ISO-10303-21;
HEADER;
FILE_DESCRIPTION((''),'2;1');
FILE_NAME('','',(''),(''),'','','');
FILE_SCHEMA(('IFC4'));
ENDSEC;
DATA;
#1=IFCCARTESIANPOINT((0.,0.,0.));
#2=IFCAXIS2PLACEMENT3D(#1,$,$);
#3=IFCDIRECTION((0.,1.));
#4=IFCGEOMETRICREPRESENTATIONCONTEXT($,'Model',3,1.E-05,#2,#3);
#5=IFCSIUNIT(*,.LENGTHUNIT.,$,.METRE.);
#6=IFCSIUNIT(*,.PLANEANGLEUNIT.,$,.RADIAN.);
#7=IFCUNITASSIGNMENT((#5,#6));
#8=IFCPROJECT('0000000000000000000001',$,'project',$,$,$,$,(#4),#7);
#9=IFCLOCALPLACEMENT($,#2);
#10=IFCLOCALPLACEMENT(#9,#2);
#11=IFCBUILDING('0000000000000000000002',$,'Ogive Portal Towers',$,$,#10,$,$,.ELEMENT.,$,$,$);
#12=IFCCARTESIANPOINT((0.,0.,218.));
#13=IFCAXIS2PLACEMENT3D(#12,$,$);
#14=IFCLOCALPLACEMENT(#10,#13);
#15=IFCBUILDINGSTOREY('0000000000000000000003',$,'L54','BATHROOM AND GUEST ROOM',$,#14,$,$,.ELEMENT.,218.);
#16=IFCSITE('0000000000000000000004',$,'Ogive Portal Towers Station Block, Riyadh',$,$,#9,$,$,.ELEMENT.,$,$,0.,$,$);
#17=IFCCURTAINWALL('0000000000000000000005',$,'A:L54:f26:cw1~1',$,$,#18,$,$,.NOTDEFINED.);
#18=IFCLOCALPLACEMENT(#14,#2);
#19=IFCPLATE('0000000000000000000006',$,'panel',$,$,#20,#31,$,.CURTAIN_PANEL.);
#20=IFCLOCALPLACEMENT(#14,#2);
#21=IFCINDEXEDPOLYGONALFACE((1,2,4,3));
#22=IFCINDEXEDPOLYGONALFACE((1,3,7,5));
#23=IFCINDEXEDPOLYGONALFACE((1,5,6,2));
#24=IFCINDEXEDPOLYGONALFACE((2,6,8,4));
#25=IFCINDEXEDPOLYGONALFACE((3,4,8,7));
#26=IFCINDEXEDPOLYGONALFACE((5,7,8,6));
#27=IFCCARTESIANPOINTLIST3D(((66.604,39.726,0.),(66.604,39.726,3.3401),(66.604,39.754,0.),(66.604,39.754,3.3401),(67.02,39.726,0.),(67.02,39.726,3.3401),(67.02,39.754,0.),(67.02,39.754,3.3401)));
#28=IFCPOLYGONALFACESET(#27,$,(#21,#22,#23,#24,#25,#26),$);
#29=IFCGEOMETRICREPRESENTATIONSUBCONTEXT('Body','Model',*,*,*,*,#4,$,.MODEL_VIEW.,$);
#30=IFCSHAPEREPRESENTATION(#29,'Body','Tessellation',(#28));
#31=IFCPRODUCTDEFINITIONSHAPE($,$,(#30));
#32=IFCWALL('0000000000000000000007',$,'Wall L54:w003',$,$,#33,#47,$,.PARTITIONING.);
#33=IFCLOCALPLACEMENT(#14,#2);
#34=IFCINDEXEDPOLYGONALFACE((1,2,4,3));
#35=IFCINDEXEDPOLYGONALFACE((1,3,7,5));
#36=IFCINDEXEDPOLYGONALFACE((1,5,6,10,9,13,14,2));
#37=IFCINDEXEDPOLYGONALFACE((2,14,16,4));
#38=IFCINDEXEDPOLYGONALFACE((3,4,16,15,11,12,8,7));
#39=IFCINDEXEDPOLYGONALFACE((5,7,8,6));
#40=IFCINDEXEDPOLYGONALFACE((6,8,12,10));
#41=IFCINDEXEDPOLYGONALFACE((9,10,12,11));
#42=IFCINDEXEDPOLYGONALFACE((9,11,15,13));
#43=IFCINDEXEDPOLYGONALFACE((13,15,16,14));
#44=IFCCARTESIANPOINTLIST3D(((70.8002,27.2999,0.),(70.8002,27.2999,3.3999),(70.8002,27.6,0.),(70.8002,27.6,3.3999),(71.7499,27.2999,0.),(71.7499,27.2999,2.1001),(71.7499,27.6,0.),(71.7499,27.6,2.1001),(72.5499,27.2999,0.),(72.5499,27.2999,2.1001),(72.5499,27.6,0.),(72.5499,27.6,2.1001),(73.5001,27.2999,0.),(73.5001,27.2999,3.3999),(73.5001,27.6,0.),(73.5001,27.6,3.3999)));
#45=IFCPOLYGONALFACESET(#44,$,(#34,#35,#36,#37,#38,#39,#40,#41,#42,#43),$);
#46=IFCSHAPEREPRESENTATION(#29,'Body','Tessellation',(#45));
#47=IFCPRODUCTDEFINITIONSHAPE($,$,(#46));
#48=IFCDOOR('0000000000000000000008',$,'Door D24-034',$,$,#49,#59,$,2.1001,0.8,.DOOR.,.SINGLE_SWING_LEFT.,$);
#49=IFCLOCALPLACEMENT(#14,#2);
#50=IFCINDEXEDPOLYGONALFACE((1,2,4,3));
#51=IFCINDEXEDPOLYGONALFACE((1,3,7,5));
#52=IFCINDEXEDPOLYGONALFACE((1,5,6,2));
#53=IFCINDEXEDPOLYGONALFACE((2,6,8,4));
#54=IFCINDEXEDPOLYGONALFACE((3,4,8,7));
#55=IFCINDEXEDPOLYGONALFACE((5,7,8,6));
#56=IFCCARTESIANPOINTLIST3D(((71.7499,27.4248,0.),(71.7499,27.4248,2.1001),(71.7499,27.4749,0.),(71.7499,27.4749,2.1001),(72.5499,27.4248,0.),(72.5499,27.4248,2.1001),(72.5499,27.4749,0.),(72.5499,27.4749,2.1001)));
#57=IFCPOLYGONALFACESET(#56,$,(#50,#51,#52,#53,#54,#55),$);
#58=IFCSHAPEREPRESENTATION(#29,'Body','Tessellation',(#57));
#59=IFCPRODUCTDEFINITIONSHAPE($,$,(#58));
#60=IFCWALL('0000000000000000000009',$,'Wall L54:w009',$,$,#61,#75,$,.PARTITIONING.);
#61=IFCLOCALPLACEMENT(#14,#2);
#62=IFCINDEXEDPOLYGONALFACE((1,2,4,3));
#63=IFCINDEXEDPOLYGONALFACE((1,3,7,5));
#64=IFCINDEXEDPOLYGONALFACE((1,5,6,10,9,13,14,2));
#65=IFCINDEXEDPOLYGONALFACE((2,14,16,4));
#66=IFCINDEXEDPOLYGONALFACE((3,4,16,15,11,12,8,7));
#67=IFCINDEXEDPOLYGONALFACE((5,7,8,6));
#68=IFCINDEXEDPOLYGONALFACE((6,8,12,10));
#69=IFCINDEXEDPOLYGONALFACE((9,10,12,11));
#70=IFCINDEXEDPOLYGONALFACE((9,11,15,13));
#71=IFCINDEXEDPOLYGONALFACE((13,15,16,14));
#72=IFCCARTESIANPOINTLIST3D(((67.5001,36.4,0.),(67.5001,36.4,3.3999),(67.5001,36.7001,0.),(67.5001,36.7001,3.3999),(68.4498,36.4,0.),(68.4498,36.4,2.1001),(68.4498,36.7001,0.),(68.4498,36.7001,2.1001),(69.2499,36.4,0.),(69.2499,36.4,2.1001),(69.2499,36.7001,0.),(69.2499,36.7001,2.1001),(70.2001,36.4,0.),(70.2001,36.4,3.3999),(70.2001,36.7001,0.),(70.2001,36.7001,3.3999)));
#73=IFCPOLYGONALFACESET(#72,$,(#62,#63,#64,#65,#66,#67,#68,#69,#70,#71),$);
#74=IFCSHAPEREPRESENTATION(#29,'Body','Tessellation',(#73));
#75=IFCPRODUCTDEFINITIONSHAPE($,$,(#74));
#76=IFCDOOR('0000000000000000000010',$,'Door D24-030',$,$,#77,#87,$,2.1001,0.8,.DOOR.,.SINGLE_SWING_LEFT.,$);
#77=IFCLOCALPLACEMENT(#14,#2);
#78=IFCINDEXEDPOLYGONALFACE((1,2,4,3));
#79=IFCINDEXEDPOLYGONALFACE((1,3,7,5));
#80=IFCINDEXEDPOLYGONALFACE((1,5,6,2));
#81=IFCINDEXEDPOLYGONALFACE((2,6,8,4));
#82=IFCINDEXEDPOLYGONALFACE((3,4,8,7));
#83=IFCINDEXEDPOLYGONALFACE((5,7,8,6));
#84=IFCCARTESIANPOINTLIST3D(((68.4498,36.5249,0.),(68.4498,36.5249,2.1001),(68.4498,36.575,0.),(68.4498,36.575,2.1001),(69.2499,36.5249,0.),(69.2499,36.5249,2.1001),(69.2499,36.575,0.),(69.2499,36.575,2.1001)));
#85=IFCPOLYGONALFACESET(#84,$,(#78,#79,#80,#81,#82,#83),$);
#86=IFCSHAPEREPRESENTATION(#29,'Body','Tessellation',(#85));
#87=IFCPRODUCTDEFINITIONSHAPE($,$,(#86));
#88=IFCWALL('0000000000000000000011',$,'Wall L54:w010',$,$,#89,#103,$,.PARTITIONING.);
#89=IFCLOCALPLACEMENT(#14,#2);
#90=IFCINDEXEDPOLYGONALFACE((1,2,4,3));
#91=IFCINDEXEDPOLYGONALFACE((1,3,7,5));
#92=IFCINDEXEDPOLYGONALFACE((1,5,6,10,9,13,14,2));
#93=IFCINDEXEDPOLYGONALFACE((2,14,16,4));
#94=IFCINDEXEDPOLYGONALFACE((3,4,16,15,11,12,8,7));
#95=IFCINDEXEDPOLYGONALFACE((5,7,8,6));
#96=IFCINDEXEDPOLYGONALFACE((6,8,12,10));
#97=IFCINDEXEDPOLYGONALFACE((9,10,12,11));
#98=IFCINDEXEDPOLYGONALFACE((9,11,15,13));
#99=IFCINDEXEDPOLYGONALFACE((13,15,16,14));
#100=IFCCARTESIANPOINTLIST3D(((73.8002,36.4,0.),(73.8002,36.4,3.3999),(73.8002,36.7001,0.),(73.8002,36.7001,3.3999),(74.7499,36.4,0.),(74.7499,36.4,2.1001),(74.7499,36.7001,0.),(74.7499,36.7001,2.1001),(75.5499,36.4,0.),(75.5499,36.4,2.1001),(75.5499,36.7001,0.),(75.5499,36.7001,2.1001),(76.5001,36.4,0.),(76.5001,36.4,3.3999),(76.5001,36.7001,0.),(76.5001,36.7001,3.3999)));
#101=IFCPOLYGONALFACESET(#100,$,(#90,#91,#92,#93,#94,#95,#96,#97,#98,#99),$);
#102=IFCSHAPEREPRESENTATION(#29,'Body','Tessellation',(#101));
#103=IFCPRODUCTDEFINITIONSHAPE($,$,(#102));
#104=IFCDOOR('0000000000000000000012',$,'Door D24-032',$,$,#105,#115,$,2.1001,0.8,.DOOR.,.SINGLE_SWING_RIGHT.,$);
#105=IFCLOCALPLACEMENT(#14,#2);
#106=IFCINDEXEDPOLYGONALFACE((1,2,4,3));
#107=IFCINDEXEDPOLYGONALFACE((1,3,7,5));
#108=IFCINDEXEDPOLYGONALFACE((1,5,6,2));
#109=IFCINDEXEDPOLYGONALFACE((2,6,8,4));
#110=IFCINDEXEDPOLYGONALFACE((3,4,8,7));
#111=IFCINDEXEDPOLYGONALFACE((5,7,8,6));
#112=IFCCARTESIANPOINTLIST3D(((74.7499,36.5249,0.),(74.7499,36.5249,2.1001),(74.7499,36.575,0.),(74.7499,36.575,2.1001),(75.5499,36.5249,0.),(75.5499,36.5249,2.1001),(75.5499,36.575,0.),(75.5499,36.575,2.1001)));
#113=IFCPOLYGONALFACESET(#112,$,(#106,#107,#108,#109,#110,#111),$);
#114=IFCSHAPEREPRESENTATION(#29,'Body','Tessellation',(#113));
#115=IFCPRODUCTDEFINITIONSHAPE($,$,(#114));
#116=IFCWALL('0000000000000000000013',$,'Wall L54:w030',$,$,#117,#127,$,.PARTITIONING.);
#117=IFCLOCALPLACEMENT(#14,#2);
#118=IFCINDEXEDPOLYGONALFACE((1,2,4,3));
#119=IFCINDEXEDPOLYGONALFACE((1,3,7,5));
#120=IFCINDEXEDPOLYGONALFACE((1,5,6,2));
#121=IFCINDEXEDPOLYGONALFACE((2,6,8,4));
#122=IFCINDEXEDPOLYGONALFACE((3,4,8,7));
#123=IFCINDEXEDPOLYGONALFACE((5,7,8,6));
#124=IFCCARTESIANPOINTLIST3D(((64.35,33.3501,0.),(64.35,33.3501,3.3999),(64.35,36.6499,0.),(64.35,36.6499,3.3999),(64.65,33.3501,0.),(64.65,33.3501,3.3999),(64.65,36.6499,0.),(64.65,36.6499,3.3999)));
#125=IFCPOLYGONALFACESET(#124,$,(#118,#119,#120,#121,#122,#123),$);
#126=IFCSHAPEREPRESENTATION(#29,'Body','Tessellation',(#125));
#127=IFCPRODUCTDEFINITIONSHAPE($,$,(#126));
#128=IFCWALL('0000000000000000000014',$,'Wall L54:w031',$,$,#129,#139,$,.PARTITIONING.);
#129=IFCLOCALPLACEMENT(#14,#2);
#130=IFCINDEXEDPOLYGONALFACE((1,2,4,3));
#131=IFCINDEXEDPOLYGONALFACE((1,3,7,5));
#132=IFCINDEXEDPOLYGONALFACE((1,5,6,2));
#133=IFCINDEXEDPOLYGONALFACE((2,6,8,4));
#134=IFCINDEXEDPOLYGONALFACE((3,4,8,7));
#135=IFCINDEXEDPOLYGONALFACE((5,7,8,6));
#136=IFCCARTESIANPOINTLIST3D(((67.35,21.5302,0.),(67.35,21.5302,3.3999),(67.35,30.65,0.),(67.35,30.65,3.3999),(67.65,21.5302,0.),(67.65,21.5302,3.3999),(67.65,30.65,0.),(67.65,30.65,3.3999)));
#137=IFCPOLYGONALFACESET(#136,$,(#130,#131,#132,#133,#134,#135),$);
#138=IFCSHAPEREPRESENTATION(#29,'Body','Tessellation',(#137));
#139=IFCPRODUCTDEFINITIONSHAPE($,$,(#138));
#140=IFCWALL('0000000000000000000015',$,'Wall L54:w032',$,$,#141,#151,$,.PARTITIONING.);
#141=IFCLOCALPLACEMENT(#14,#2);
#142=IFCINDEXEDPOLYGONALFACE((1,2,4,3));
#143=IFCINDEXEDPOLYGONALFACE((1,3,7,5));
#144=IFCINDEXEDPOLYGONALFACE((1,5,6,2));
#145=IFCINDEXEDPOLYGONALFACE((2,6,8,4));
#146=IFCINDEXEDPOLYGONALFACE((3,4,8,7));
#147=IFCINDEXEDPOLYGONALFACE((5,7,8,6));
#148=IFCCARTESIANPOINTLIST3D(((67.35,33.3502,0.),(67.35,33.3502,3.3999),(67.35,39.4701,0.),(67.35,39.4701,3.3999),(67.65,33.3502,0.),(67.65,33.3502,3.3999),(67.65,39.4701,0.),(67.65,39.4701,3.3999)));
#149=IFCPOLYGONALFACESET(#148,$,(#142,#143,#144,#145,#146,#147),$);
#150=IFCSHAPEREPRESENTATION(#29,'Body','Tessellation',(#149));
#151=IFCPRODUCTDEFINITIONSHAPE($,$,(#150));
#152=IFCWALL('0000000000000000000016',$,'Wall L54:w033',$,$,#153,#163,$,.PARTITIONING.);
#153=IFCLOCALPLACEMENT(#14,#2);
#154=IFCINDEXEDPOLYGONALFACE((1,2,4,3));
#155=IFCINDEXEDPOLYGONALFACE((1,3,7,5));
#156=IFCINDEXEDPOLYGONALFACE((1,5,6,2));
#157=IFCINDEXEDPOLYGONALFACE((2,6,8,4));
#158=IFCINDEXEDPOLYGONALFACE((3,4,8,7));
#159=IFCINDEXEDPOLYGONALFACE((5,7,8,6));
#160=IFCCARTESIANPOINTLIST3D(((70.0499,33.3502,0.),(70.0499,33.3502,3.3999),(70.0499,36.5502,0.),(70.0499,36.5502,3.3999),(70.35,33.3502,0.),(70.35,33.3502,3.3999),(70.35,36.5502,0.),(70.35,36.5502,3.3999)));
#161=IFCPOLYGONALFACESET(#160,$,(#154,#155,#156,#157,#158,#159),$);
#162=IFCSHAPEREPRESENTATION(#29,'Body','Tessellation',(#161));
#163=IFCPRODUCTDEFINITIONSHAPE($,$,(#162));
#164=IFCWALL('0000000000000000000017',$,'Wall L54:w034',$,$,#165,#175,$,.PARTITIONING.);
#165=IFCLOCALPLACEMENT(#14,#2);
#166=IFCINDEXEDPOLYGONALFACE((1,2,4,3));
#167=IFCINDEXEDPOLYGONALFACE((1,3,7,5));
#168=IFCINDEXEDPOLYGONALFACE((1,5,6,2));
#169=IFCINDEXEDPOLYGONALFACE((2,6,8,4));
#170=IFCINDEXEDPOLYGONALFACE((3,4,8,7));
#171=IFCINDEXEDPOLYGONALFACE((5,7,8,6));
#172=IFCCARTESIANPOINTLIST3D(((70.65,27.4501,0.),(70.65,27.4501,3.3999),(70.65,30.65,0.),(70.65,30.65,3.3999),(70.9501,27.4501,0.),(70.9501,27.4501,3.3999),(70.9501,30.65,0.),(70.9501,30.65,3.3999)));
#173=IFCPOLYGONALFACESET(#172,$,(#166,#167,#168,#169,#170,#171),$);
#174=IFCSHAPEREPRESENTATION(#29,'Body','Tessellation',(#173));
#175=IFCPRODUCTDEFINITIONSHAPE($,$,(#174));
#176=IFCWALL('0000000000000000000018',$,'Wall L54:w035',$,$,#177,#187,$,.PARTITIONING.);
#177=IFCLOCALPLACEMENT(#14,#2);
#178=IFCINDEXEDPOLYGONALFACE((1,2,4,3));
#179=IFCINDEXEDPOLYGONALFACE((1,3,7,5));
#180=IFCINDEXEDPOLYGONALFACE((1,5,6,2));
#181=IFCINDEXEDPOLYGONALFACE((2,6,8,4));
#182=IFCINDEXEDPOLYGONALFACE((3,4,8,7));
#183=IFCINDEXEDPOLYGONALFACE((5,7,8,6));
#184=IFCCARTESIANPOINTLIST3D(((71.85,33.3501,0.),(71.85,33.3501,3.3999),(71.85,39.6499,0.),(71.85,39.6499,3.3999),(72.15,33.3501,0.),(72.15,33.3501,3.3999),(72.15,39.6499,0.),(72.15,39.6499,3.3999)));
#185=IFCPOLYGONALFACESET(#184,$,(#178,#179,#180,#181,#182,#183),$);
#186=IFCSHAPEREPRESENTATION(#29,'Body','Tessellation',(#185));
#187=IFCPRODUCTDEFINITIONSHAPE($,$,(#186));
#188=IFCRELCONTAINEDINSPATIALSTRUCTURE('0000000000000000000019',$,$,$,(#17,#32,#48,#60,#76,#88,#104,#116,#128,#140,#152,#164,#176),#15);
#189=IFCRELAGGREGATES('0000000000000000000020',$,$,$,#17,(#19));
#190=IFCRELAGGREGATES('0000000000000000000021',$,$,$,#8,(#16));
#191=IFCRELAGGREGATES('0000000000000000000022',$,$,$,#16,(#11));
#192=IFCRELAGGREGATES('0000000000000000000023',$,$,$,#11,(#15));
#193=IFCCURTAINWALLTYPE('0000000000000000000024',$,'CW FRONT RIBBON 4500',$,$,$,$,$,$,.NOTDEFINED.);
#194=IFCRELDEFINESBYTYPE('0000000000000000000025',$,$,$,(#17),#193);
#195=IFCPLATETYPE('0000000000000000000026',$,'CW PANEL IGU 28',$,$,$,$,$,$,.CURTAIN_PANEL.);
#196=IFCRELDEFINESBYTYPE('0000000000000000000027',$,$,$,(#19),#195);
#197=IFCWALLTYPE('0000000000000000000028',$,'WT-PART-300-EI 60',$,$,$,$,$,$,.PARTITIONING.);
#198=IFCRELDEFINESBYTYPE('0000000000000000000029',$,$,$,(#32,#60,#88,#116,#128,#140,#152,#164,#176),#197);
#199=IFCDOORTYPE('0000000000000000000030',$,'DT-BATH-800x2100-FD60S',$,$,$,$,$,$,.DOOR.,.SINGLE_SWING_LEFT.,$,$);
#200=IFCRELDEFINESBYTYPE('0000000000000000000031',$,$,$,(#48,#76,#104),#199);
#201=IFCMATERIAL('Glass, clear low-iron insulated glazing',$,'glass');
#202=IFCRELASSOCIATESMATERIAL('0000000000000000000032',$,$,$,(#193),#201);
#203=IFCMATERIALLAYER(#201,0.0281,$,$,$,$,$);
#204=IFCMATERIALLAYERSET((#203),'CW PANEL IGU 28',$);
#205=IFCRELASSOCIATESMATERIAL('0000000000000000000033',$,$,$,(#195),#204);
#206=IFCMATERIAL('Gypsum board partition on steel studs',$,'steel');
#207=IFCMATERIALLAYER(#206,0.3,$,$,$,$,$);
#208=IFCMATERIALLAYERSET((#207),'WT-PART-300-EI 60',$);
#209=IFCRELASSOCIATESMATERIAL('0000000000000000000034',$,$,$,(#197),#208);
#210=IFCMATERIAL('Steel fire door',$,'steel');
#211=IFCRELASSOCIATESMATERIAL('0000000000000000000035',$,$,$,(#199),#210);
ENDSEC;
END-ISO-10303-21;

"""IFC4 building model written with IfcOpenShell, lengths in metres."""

from ifc_helpers import new_model, si_unit, direction, frame, frame_2d, origin, origin_2d, place, context, subcontext, project, spatial, rectangle, extrude, material, layer, layer_set, type_object, element, fill, aggregate, save


model = new_model("IFC4")

# Units and contexts
model_context = context("Model", 3, precision=1e-05, world=origin(), true_north=direction((0.0, 1.0)))
body_context = subcontext(model_context, "Body", "Model", "MODEL_VIEW")
ifc_project = project(units=[si_unit("LENGTHUNIT", "METRE"), si_unit("PLANEANGLEUNIT", "RADIAN")], contexts=[model_context])

# Site, building, storey
site_placement = place(None, origin())
site = spatial("IfcSite", under=ifc_project, at=site_placement, Name="Ogive Portal Towers Station Block, Riyadh", CompositionType="ELEMENT", RefElevation=0.0)
building_placement = place(site_placement, origin())
building = spatial("IfcBuilding", under=site, at=building_placement, Name="Ogive Portal Towers", CompositionType="ELEMENT")
storey_placement = place(building_placement, frame((0.0, 0.0, 218.0)))
storey = spatial("IfcBuildingStorey", under=building, at=storey_placement, Name="L54", Description="BATHROOM AND GUEST ROOM", CompositionType="ELEMENT", Elevation=218.0)

# Curtain wall
ifc_material_1 = material(Name="Glass, clear low-iron insulated glazing", Category="glass")
curtain_wall_type = type_object("IfcCurtainWallType", Name="CW FRONT RIBBON 4500", PredefinedType="NOTDEFINED", material=ifc_material_1)
curtain_wall_1_placement = place(storey_placement, origin())
curtain_wall_1 = element("IfcCurtainWall", 1, at=curtain_wall_1_placement, inside=storey, type_object=curtain_wall_type, Name="A:L54:f26:cw1~1", PredefinedType="NOTDEFINED")

# Plate
ifc_layer_1 = layer(ifc_material_1, 0.0281)
ifc_layer_set_1 = layer_set([ifc_layer_1], Name="CW PANEL IGU 28")
plate_type = type_object("IfcPlateType", Name="CW PANEL IGU 28", PredefinedType="CURTAIN_PANEL", material=ifc_layer_set_1)
plate_1_placement = place(storey_placement, frame((66.812, 39.74, 0.0), z_axis=(0.0, 0.0, 1.0), x_axis=(-1.0, 0.0, 0.0)))
plate_1 = element("IfcPlate", 2, at=plate_1_placement, type_object=plate_type, Name="panel", PredefinedType="CURTAIN_PANEL", context=body_context, shape_type="SweptSolid", body=[
    extrude(rectangle(XDim=0.416, YDim=0.0281, at=origin_2d()), origin(), (0.0, 0.0, 1.0), 3.3401),
])
aggregate(curtain_wall_1, [plate_1])

# Walls, openings, doors
ifc_material_2 = material(Name="Gypsum board partition on steel studs", Category="steel")
ifc_layer_2 = layer(ifc_material_2, 0.3)
ifc_layer_set_2 = layer_set([ifc_layer_2], Name="WT-PART-300-EI 60")
wall_type = type_object("IfcWallType", Name="WT-PART-300-EI 60", PredefinedType="PARTITIONING", material=ifc_layer_set_2)
wall_1_placement = place(storey_placement, frame((70.8, 27.45, 0.0), z_axis=(0.0, 0.0, 1.0), x_axis=(1.0, 0.0, 0.0)))
wall_1 = element("IfcWall", 3, at=wall_1_placement, inside=storey, type_object=wall_type, Name="Wall L54:w003", PredefinedType="PARTITIONING", context=body_context, shape_type="SweptSolid", body=[
    extrude(rectangle(XDim=2.7, YDim=0.3, at=frame_2d((1.3501, 0.0))), origin(), (0.0, 0.0, 1.0), 3.3999),
])
opening_1_placement = place(wall_1_placement, frame((0.95, 0.0, 0.0)))
opening_1 = element("IfcOpeningElement", 4, at=opening_1_placement, cuts=wall_1, PredefinedType="OPENING", context=body_context, shape_type="SweptSolid", body=[
    extrude(rectangle(XDim=0.8, YDim=2.1001, at=frame_2d((0.3999, 1.05))), frame((0.0, 0.1602, 0.0), z_axis=(0.0, -1.0, 0.0), x_axis=(1.0, 0.0, 0.0)), (0.0, 0.0, 1.0), 0.3201),
])
ifc_material_3 = material(Name="Steel fire door", Category="steel")
door_type = type_object("IfcDoorType", Name="DT-BATH-800x2100-FD60S", OperationType="SINGLE_SWING_LEFT", PredefinedType="DOOR", material=ifc_material_3)
door_1_placement = place(opening_1_placement, origin())
door_1 = element("IfcDoor", 5, at=door_1_placement, inside=storey, type_object=door_type, Name="Door D24-034", OperationType="SINGLE_SWING_LEFT", OverallHeight=2.1001, OverallWidth=0.8, PredefinedType="DOOR", context=body_context, shape_type="SweptSolid", body=[
    extrude(rectangle(XDim=0.8, YDim=2.1001, at=frame_2d((0.3999, 1.05))), frame((0.0, 0.0249, 0.0), z_axis=(0.0, -1.0, 0.0), x_axis=(1.0, 0.0, 0.0)), (0.0, 0.0, 1.0), 0.05),
])
fill(opening_1, door_1)
wall_2_placement = place(storey_placement, frame((67.5, 36.55, 0.0), z_axis=(0.0, 0.0, 1.0), x_axis=(1.0, 0.0, 0.0)))
wall_2 = element("IfcWall", 6, at=wall_2_placement, inside=storey, type_object=wall_type, Name="Wall L54:w009", PredefinedType="PARTITIONING", context=body_context, shape_type="SweptSolid", body=[
    extrude(rectangle(XDim=2.7, YDim=0.3, at=frame_2d((1.3501, 0.0))), origin(), (0.0, 0.0, 1.0), 3.3999),
])
opening_2_placement = place(wall_2_placement, frame((0.95, 0.0, 0.0)))
opening_2 = element("IfcOpeningElement", 7, at=opening_2_placement, cuts=wall_2, PredefinedType="OPENING", context=body_context, shape_type="SweptSolid", body=[
    extrude(rectangle(XDim=0.8, YDim=2.1001, at=frame_2d((0.3999, 1.05))), frame((0.0, 0.1602, 0.0), z_axis=(0.0, -1.0, 0.0), x_axis=(1.0, 0.0, 0.0)), (0.0, 0.0, 1.0), 0.3201),
])
door_2_placement = place(opening_2_placement, origin())
door_2 = element("IfcDoor", 8, at=door_2_placement, inside=storey, type_object=door_type, Name="Door D24-030", OperationType="SINGLE_SWING_LEFT", OverallHeight=2.1001, OverallWidth=0.8, PredefinedType="DOOR", context=body_context, shape_type="SweptSolid", body=[
    extrude(rectangle(XDim=0.8, YDim=2.1001, at=frame_2d((0.3999, 1.05))), frame((0.0, 0.0249, 0.0), z_axis=(0.0, -1.0, 0.0), x_axis=(1.0, 0.0, 0.0)), (0.0, 0.0, 1.0), 0.05),
])
fill(opening_2, door_2)
wall_3_placement = place(storey_placement, frame((73.8, 36.55, 0.0), z_axis=(0.0, 0.0, 1.0), x_axis=(1.0, 0.0, 0.0)))
wall_3 = element("IfcWall", 9, at=wall_3_placement, inside=storey, type_object=wall_type, Name="Wall L54:w010", PredefinedType="PARTITIONING", context=body_context, shape_type="SweptSolid", body=[
    extrude(rectangle(XDim=2.7, YDim=0.3, at=frame_2d((1.3501, 0.0))), origin(), (0.0, 0.0, 1.0), 3.3999),
])
opening_3_placement = place(wall_3_placement, frame((0.95, 0.0, 0.0)))
opening_3 = element("IfcOpeningElement", 10, at=opening_3_placement, cuts=wall_3, PredefinedType="OPENING", context=body_context, shape_type="SweptSolid", body=[
    extrude(rectangle(XDim=0.8, YDim=2.1001, at=frame_2d((0.3999, 1.05))), frame((0.0, 0.1602, 0.0), z_axis=(0.0, -1.0, 0.0), x_axis=(1.0, 0.0, 0.0)), (0.0, 0.0, 1.0), 0.3201),
])
door_3_placement = place(opening_3_placement, origin())
door_3 = element("IfcDoor", 11, at=door_3_placement, inside=storey, type_object=door_type, Name="Door D24-032", OperationType="SINGLE_SWING_RIGHT", OverallHeight=2.1001, OverallWidth=0.8, PredefinedType="DOOR", context=body_context, shape_type="SweptSolid", body=[
    extrude(rectangle(XDim=0.8, YDim=2.1001, at=frame_2d((0.3999, 1.05))), frame((0.0, 0.0249, 0.0), z_axis=(0.0, -1.0, 0.0), x_axis=(1.0, 0.0, 0.0)), (0.0, 0.0, 1.0), 0.05),
])
fill(opening_3, door_3)

# Walls
wall_4_placement = place(storey_placement, frame((64.5, 33.3501, 0.0), z_axis=(0.0, 0.0, 1.0), x_axis=(0.0, 1.0, 0.0)))
element("IfcWall", 12, at=wall_4_placement, inside=storey, type_object=wall_type, Name="Wall L54:w030", PredefinedType="PARTITIONING", context=body_context, shape_type="SweptSolid", body=[
    extrude(rectangle(XDim=3.2998, YDim=0.3, at=frame_2d((1.6499, 0.0))), origin(), (0.0, 0.0, 1.0), 3.3999),
])
wall_5_placement = place(storey_placement, frame((67.5, 21.53, 0.0), z_axis=(0.0, 0.0, 1.0), x_axis=(0.0, 1.0, 0.0)))
element("IfcWall", 13, at=wall_5_placement, inside=storey, type_object=wall_type, Name="Wall L54:w031", PredefinedType="PARTITIONING", context=body_context, shape_type="SweptSolid", body=[
    extrude(rectangle(XDim=9.1199, YDim=0.3, at=frame_2d((4.5601, 0.0))), origin(), (0.0, 0.0, 1.0), 3.3999),
])
wall_6_placement = place(storey_placement, frame((67.5, 33.3501, 0.0), z_axis=(0.0, 0.0, 1.0), x_axis=(0.0, 1.0, 0.0)))
element("IfcWall", 14, at=wall_6_placement, inside=storey, type_object=wall_type, Name="Wall L54:w032", PredefinedType="PARTITIONING", context=body_context, shape_type="SweptSolid", body=[
    extrude(rectangle(XDim=6.1199, YDim=0.3, at=frame_2d((3.0601, 0.0))), origin(), (0.0, 0.0, 1.0), 3.3999),
])
for number, where, z_axis, x_axis, name in (
    (15, (70.2, 33.3501, 0.0), (0.0, 0.0, 1.0), (0.0, 1.0, 0.0), "Wall L54:w033"),
    (16, (70.8, 27.45, 0.0), (0.0, 0.0, 1.0), (0.0, 1.0, 0.0), "Wall L54:w034"),
):
    element("IfcWall", number, at=place(storey_placement, frame(where, z_axis=z_axis, x_axis=x_axis)), inside=storey, type_object=wall_type, Name=name, PredefinedType="PARTITIONING", context=body_context, shape_type="SweptSolid", body=[
        extrude(rectangle(XDim=3.2, YDim=0.3, at=frame_2d((1.6001, 0.0))), origin(), (0.0, 0.0, 1.0), 3.3999),
    ])
wall_7_placement = place(storey_placement, frame((72.0, 33.3501, 0.0), z_axis=(0.0, 0.0, 1.0), x_axis=(0.0, 1.0, 0.0)))
element("IfcWall", 17, at=wall_7_placement, inside=storey, type_object=wall_type, Name="Wall L54:w035", PredefinedType="PARTITIONING", context=body_context, shape_type="SweptSolid", body=[
    extrude(rectangle(XDim=6.2998, YDim=0.3, at=frame_2d((3.1499, 0.0))), origin(), (0.0, 0.0, 1.0), 3.3999),
])

save(model, "model.ifc")
